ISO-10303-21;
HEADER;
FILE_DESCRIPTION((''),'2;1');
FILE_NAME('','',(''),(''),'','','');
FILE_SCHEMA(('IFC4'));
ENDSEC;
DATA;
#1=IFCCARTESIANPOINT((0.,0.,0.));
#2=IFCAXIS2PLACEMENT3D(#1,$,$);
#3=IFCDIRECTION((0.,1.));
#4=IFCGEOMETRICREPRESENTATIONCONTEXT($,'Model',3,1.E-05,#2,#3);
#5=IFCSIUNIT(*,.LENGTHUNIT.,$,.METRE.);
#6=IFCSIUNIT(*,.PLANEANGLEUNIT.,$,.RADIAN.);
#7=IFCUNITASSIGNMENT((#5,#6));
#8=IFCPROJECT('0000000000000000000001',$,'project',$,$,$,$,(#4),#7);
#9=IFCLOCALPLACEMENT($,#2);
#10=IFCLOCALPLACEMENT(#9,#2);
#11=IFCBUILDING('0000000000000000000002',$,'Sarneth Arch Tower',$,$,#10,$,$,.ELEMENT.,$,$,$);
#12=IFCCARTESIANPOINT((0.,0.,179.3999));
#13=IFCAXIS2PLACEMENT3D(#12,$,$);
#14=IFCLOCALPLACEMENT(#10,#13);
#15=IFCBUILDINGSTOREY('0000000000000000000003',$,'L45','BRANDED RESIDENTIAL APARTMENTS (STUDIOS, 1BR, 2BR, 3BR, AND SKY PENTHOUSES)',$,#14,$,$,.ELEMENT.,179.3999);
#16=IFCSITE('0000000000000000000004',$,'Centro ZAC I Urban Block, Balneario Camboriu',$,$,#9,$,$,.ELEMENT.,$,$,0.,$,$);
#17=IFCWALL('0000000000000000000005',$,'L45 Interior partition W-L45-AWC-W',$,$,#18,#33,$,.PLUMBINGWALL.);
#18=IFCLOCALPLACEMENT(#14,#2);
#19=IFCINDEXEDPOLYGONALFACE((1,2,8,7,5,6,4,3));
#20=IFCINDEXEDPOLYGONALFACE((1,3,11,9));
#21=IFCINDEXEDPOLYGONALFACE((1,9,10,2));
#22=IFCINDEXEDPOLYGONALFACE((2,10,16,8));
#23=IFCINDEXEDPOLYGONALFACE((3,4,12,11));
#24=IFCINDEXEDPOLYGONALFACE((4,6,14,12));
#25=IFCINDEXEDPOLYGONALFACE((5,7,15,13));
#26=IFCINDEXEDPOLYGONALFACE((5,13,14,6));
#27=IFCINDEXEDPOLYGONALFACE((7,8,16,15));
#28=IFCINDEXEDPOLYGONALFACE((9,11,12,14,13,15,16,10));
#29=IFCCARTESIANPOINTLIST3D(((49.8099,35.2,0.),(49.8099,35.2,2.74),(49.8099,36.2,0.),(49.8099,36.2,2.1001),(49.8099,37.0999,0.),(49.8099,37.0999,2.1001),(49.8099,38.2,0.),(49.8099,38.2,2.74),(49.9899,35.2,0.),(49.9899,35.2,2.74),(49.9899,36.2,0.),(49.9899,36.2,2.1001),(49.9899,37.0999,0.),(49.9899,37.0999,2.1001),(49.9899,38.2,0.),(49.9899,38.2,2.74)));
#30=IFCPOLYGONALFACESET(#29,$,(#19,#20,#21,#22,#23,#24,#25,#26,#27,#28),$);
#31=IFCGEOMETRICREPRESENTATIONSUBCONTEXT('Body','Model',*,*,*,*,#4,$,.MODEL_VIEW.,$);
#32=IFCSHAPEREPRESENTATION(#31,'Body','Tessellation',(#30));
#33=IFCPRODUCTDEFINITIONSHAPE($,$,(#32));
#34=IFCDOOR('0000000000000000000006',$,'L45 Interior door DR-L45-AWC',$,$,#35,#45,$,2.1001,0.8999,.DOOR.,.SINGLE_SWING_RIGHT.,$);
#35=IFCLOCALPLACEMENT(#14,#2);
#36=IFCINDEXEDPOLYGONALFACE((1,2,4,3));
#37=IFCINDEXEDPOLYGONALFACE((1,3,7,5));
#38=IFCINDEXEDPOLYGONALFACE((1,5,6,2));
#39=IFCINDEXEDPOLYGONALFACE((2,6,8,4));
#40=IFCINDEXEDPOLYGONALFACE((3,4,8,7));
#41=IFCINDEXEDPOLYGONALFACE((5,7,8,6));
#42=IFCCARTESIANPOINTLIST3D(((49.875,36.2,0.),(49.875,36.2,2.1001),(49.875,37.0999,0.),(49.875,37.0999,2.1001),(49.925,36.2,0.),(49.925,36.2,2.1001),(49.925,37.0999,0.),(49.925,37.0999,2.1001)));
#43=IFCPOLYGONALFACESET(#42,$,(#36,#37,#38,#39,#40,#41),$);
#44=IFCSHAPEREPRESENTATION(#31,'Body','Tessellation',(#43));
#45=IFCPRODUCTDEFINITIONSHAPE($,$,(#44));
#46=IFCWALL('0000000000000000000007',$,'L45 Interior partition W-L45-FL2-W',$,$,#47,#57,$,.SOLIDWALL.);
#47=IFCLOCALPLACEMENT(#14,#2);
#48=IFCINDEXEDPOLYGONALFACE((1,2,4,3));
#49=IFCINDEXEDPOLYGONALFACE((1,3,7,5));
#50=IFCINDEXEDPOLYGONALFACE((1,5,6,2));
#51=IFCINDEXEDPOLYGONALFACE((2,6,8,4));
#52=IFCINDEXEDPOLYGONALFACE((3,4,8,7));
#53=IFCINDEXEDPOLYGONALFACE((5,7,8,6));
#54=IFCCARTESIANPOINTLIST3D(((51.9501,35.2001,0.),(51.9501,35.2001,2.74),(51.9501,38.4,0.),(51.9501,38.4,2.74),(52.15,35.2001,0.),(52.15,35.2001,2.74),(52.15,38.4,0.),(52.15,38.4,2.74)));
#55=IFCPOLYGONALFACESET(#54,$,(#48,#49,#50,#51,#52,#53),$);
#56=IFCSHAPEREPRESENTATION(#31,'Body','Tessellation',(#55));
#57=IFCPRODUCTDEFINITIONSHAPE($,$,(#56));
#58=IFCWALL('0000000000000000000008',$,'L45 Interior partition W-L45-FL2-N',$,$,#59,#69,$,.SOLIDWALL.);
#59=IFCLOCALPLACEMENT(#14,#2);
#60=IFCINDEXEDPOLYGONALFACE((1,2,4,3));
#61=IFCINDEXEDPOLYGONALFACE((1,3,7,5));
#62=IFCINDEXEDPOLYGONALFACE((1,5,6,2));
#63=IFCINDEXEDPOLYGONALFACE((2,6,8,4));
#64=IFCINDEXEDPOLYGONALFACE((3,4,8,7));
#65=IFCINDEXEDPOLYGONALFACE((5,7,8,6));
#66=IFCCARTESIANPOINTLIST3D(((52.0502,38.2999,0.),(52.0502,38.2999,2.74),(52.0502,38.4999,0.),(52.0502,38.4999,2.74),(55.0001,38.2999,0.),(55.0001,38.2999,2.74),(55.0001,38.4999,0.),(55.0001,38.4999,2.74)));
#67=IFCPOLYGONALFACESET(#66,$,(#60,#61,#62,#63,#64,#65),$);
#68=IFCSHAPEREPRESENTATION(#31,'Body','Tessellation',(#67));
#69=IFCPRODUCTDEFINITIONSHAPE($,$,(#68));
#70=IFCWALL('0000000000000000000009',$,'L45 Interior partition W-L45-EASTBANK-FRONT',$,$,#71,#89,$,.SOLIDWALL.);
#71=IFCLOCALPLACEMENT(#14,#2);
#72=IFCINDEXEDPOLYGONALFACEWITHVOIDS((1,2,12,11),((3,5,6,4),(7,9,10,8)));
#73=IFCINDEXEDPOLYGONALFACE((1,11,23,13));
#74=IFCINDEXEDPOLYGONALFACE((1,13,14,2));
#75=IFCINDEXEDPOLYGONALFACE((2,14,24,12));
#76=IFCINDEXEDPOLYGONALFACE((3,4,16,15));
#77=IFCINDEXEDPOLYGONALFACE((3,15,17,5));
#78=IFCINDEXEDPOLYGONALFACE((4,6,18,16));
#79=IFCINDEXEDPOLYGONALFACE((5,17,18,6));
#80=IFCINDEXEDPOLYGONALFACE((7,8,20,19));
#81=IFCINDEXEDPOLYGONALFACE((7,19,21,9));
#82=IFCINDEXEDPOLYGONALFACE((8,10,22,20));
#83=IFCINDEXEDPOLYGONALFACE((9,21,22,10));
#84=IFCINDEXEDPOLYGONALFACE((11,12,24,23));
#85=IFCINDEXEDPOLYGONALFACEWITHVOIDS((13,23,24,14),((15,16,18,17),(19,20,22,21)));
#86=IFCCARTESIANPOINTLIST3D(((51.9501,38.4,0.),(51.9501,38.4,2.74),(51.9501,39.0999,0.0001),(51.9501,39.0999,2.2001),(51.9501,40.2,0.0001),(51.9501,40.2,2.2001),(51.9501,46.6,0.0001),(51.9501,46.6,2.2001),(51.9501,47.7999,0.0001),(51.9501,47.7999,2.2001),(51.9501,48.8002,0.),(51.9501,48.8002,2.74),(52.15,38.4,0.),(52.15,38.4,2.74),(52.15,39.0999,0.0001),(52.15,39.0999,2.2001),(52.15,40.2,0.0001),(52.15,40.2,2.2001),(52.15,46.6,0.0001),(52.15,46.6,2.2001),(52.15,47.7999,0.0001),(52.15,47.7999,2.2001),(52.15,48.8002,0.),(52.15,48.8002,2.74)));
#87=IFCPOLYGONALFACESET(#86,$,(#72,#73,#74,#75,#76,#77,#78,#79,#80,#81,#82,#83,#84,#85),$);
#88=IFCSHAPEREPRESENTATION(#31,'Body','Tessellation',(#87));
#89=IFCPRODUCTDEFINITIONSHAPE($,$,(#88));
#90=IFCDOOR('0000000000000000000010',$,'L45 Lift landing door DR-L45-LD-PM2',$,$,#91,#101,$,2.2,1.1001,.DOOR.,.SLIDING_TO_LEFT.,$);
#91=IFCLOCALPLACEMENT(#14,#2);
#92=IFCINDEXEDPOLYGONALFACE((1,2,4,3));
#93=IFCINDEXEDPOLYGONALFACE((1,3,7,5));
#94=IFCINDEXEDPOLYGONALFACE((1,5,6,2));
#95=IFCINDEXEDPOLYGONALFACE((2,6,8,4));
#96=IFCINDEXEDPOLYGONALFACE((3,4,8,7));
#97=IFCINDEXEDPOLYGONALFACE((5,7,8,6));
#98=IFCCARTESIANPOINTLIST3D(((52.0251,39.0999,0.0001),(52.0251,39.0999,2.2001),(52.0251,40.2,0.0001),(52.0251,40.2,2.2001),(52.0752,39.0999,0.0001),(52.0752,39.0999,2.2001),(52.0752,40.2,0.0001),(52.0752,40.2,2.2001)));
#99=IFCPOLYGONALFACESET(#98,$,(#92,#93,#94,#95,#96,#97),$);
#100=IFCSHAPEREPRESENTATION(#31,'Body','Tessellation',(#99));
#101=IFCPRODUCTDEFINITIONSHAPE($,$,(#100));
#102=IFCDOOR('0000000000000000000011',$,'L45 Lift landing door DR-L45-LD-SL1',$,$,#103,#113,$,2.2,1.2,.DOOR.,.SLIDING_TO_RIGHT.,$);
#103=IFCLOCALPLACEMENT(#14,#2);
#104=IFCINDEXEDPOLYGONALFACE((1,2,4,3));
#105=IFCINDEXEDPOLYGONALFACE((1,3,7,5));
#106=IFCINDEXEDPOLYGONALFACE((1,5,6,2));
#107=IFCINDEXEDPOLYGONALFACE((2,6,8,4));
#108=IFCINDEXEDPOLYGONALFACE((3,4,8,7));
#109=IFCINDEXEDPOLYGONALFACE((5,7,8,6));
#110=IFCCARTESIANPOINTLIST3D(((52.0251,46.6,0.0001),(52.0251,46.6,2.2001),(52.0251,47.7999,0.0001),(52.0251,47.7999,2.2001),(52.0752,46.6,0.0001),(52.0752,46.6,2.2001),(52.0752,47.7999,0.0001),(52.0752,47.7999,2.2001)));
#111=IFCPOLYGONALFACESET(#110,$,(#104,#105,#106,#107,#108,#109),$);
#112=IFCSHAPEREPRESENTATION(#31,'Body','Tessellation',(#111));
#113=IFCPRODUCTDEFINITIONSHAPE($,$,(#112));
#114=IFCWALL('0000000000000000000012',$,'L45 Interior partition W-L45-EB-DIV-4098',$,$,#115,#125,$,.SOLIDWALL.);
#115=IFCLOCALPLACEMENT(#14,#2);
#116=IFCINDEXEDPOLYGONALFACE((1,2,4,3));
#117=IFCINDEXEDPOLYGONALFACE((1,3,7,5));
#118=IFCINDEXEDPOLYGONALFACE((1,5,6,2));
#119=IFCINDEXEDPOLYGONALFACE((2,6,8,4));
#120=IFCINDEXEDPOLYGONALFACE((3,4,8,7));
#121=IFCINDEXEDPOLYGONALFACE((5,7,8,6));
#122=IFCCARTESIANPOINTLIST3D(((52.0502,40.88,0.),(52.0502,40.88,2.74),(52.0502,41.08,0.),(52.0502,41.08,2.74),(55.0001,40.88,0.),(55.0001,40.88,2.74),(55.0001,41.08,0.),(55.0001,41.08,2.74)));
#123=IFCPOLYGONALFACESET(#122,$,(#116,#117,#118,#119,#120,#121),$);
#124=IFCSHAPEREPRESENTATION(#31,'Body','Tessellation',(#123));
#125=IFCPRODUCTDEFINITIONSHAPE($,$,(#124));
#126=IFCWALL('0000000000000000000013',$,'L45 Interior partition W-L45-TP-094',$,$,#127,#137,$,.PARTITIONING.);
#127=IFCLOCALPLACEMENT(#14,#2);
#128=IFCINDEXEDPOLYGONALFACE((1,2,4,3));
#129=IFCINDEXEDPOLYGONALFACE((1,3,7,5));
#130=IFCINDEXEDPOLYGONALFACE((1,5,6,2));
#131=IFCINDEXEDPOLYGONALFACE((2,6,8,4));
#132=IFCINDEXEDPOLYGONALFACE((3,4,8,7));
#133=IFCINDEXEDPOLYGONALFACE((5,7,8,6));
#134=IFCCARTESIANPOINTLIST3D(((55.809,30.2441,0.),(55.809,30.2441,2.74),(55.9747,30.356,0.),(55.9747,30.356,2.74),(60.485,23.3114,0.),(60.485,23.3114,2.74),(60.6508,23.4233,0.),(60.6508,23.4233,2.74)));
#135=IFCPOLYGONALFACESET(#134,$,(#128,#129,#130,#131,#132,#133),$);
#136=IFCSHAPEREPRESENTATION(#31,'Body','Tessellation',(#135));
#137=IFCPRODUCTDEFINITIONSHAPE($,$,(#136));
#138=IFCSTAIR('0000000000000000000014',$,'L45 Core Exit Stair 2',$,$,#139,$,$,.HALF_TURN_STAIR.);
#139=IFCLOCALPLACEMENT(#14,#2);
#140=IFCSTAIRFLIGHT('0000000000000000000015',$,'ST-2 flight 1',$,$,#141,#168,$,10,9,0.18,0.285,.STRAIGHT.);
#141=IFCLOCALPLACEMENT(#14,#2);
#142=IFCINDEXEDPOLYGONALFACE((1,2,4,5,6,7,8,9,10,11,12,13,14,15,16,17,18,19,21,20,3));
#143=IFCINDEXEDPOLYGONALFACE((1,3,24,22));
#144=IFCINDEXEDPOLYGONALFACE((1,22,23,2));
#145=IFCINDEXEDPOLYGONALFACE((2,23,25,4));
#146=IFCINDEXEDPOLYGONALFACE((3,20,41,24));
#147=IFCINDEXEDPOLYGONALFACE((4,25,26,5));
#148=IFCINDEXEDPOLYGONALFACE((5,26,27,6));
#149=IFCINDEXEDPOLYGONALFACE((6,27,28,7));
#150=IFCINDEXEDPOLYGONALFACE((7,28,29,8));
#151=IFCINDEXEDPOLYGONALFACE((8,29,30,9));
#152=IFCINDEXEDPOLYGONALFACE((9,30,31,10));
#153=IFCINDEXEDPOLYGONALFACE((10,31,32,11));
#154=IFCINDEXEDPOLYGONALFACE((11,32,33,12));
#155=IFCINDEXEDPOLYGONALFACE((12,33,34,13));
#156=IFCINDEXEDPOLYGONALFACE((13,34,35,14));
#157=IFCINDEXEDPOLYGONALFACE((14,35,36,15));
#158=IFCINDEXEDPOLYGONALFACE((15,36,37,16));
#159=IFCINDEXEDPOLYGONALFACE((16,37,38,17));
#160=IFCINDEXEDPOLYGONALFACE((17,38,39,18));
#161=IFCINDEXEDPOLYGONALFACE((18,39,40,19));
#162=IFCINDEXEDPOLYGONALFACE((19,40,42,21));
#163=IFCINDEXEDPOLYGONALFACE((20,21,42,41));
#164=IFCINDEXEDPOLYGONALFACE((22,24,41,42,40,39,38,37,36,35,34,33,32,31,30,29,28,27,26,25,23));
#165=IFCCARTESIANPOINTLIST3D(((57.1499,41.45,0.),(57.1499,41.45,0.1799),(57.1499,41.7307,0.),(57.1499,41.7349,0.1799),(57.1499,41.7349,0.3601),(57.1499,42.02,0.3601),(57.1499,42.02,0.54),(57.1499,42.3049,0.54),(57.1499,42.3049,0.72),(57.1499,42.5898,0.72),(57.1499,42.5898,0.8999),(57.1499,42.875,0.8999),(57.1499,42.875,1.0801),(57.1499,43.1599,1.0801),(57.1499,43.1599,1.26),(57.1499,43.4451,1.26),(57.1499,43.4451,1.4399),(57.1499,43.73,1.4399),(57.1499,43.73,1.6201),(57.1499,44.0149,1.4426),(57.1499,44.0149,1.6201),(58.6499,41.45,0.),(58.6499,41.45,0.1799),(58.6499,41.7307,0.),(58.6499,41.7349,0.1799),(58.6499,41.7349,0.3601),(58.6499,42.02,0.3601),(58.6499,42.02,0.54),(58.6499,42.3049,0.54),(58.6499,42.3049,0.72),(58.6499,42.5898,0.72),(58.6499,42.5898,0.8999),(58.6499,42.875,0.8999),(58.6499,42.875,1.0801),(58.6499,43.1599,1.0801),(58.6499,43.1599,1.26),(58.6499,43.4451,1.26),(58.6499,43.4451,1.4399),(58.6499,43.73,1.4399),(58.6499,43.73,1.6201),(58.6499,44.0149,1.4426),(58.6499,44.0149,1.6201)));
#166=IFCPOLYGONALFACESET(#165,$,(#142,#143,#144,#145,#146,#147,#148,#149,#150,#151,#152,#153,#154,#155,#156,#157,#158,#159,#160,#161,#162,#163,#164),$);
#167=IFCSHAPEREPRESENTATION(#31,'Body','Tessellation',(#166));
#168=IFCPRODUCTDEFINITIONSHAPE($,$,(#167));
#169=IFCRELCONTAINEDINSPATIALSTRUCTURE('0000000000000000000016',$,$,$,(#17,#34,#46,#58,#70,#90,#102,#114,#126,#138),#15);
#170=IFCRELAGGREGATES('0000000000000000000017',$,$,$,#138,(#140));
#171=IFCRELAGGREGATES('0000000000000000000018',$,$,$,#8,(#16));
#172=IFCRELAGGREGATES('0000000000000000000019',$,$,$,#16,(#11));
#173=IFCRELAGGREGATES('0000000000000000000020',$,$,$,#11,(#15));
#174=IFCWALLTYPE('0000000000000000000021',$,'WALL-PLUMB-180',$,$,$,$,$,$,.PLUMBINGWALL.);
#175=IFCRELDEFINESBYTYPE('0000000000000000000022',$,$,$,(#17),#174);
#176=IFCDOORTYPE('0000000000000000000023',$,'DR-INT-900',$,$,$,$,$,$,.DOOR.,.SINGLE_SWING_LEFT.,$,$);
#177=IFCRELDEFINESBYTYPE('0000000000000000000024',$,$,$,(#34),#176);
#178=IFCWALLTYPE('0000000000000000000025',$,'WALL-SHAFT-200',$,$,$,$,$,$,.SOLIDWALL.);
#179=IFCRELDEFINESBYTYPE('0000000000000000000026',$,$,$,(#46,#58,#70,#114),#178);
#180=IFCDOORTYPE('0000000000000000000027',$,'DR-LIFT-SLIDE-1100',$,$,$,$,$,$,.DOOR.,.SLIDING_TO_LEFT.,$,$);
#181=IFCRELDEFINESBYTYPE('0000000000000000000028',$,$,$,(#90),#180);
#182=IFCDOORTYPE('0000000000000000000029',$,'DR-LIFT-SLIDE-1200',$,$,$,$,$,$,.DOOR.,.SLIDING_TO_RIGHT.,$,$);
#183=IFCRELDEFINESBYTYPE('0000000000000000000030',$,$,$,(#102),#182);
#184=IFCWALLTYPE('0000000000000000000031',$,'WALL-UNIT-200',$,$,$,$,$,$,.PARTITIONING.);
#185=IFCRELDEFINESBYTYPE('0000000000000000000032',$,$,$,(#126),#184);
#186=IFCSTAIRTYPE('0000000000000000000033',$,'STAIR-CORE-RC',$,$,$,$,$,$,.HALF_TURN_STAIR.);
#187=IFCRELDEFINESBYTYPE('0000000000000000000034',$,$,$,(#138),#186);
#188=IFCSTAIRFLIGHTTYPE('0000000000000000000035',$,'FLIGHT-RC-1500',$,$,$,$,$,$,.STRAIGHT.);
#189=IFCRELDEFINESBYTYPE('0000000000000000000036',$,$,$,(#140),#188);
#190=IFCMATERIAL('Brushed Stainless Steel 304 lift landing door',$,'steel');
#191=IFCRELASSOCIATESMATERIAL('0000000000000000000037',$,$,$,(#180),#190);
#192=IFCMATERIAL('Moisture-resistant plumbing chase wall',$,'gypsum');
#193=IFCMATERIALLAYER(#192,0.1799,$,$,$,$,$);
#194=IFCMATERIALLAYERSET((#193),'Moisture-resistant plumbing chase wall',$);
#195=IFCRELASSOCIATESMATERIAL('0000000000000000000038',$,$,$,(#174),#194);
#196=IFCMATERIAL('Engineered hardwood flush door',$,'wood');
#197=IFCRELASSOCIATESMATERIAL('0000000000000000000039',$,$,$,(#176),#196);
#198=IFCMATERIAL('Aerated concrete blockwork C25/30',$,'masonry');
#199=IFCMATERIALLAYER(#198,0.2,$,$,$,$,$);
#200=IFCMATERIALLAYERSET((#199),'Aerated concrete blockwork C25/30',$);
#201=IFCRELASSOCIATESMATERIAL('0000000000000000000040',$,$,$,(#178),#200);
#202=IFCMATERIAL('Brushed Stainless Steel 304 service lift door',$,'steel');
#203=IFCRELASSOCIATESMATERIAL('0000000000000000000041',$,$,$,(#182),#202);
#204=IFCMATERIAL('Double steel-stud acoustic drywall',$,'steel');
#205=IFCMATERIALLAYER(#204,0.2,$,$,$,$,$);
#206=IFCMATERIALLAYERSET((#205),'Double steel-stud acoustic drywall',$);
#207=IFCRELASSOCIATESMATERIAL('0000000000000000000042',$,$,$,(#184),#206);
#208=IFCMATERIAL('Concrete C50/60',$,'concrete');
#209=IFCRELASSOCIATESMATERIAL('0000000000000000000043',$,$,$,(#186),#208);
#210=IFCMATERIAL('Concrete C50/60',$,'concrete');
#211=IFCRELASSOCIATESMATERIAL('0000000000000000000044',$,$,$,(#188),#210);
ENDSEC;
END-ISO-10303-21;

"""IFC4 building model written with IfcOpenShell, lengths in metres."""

from ifc_helpers import new_model, si_unit, direction, frame, frame_2d, origin, place, context, subcontext, project, spatial, polyline, rectangle, outline, extrude, material, layer, layer_set, type_object, element, fill, aggregate, save


model = new_model("IFC4")

# Units and contexts
model_context = context("Model", 3, precision=1e-05, world=origin(), true_north=direction((0.0, 1.0)))
body_context = subcontext(model_context, "Body", "Model", "MODEL_VIEW")
ifc_project = project(units=[si_unit("LENGTHUNIT", "METRE"), si_unit("PLANEANGLEUNIT", "RADIAN")], contexts=[model_context])

# Site, building, storey
site_placement = place(None, origin())
site = spatial("IfcSite", under=ifc_project, at=site_placement, Name="Centro ZAC I Urban Block, Balneario Camboriu", CompositionType="ELEMENT", RefElevation=0.0)
building_placement = place(site_placement, origin())
building = spatial("IfcBuilding", under=site, at=building_placement, Name="Sarneth Arch Tower", CompositionType="ELEMENT")
storey_placement = place(building_placement, frame((0.0, 0.0, 179.3999)))
storey = spatial("IfcBuildingStorey", under=building, at=storey_placement, Name="L45", Description="BRANDED RESIDENTIAL APARTMENTS (STUDIOS, 1BR, 2BR, 3BR, AND SKY PENTHOUSES)", CompositionType="ELEMENT", Elevation=179.3999)

# Shared definitions
ifc_material_1 = material(Name="Brushed Stainless Steel 304 lift landing door", Category="steel")
door_type_1 = type_object("IfcDoorType", Name="DR-LIFT-SLIDE-1100", OperationType="SLIDING_TO_LEFT", PredefinedType="DOOR", material=ifc_material_1)

# Shared definitions
ifc_material_2 = material(Name="Moisture-resistant plumbing chase wall", Category="gypsum")
ifc_layer_1 = layer(ifc_material_2, 0.1799)
ifc_layer_set_1 = layer_set([ifc_layer_1], Name="Moisture-resistant plumbing chase wall")
wall_type_1 = type_object("IfcWallType", Name="WALL-PLUMB-180", PredefinedType="PLUMBINGWALL", material=ifc_layer_set_1)

# Wall, opening, door
wall_1_placement = place(storey_placement, frame((49.8999, 35.2, 0.0), z_axis=(0.0, 0.0, 1.0), x_axis=(0.0, 1.0, 0.0)))
wall_1 = element("IfcWall", 1, at=wall_1_placement, inside=storey, type_object=wall_type_1, Name="L45 Interior partition W-L45-AWC-W", PredefinedType="PLUMBINGWALL", context=body_context, shape_type="SweptSolid", body=[
    extrude(rectangle(XDim=3.0, YDim=0.1799, at=frame_2d((1.5, 0.0))), origin(), (0.0, 0.0, 1.0), 2.74),
])
opening_1_placement = place(wall_1_placement, frame((1.0, 0.0, 0.0)))
opening_1 = element("IfcOpeningElement", 2, at=opening_1_placement, cuts=wall_1, PredefinedType="OPENING", context=body_context, shape_type="SweptSolid", body=[
    extrude(rectangle(XDim=0.8999, YDim=2.1001, at=frame_2d((0.45, 1.05))), frame((0.0, 0.0999, 0.0), z_axis=(0.0, -1.0, 0.0), x_axis=(1.0, 0.0, 0.0)), (0.0, 0.0, 1.0), 0.2),
])
ifc_material_3 = material(Name="Engineered hardwood flush door", Category="wood")
door_type_2 = type_object("IfcDoorType", Name="DR-INT-900", OperationType="SINGLE_SWING_LEFT", PredefinedType="DOOR", material=ifc_material_3)
door_1_placement = place(opening_1_placement, origin())
door_1 = element("IfcDoor", 3, at=door_1_placement, inside=storey, type_object=door_type_2, Name="L45 Interior door DR-L45-AWC", OperationType="SINGLE_SWING_RIGHT", OverallHeight=2.1001, OverallWidth=0.8999, PredefinedType="DOOR", context=body_context, shape_type="SweptSolid", body=[
    extrude(rectangle(XDim=0.8999, YDim=2.1001, at=frame_2d((0.45, 1.05))), frame((0.0, 0.0249, 0.0), z_axis=(0.0, -1.0, 0.0), x_axis=(1.0, 0.0, 0.0)), (0.0, 0.0, 1.0), 0.05),
])
fill(opening_1, door_1)
ifc_material_4 = material(Name="Aerated concrete blockwork C25/30", Category="masonry")
ifc_layer_2 = layer(ifc_material_4, 0.2)
ifc_layer_set_2 = layer_set([ifc_layer_2], Name="Aerated concrete blockwork C25/30")
wall_type_2 = type_object("IfcWallType", Name="WALL-SHAFT-200", PredefinedType="SOLIDWALL", material=ifc_layer_set_2)

# Walls
wall_2_placement = place(storey_placement, frame((52.05, 35.2, 0.0), z_axis=(0.0, 0.0, 1.0), x_axis=(0.0, 1.0, 0.0)))
element("IfcWall", 4, at=wall_2_placement, inside=storey, type_object=wall_type_2, Name="L45 Interior partition W-L45-FL2-W", PredefinedType="SOLIDWALL", context=body_context, shape_type="SweptSolid", body=[
    extrude(rectangle(XDim=3.2, YDim=0.2, at=frame_2d((1.6001, 0.0))), origin(), (0.0, 0.0, 1.0), 2.74),
])
wall_3_placement = place(storey_placement, frame((52.05, 38.3999, 0.0), z_axis=(0.0, 0.0, 1.0), x_axis=(1.0, 0.0, 0.0)))
element("IfcWall", 5, at=wall_3_placement, inside=storey, type_object=wall_type_2, Name="L45 Interior partition W-L45-FL2-N", PredefinedType="SOLIDWALL", context=body_context, shape_type="SweptSolid", body=[
    extrude(rectangle(XDim=2.95, YDim=0.2, at=frame_2d((1.4751, 0.0))), origin(), (0.0, 0.0, 1.0), 2.74),
])

# Wall, openings, doors
wall_4_placement = place(storey_placement, frame((52.05, 38.3999, 0.0), z_axis=(0.0, 0.0, 1.0), x_axis=(0.0, 1.0, 0.0)))
wall_4 = element("IfcWall", 6, at=wall_4_placement, inside=storey, type_object=wall_type_2, Name="L45 Interior partition W-L45-EASTBANK-FRONT", PredefinedType="SOLIDWALL", context=body_context, shape_type="SweptSolid", body=[
    extrude(rectangle(XDim=10.4001, YDim=0.2, at=frame_2d((5.2002, 0.0))), origin(), (0.0, 0.0, 1.0), 2.74),
])
opening_2_placement = place(wall_4_placement, frame((0.7, 0.0, 0.0)))
opening_2 = element("IfcOpeningElement", 7, at=opening_2_placement, cuts=wall_4, PredefinedType="OPENING", context=body_context, shape_type="SweptSolid", body=[
    extrude(rectangle(XDim=1.1001, YDim=2.2, at=frame_2d((0.55, 1.1001))), frame((0.0, 0.1099, 0.0), z_axis=(0.0, -1.0, 0.0), x_axis=(1.0, 0.0, 0.0)), (0.0, 0.0, 1.0), 0.22),
])
opening_3_placement = place(wall_4_placement, frame((8.2, 0.0, 0.0)))
opening_3 = element("IfcOpeningElement", 8, at=opening_3_placement, cuts=wall_4, PredefinedType="OPENING", context=body_context, shape_type="SweptSolid", body=[
    extrude(rectangle(XDim=1.2, YDim=2.2, at=frame_2d((0.6001, 1.1001))), frame((0.0, 0.1099, 0.0), z_axis=(0.0, -1.0, 0.0), x_axis=(1.0, 0.0, 0.0)), (0.0, 0.0, 1.0), 0.22),
])
door_2_placement = place(opening_2_placement, origin())
door_2 = element("IfcDoor", 9, at=door_2_placement, inside=storey, type_object=door_type_1, Name="L45 Lift landing door DR-L45-LD-PM2", OperationType="SLIDING_TO_LEFT", OverallHeight=2.2, OverallWidth=1.1001, PredefinedType="DOOR", context=body_context, shape_type="SweptSolid", body=[
    extrude(rectangle(XDim=1.1001, YDim=2.2, at=frame_2d((0.55, 1.1001))), frame((0.0, 0.0249, 0.0), z_axis=(0.0, -1.0, 0.0), x_axis=(1.0, 0.0, 0.0)), (0.0, 0.0, 1.0), 0.05),
])
fill(opening_2, door_2)
ifc_material_5 = material(Name="Brushed Stainless Steel 304 service lift door", Category="steel")
door_type_3 = type_object("IfcDoorType", Name="DR-LIFT-SLIDE-1200", OperationType="SLIDING_TO_RIGHT", PredefinedType="DOOR", material=ifc_material_5)
door_3_placement = place(opening_3_placement, origin())
door_3 = element("IfcDoor", 10, at=door_3_placement, inside=storey, type_object=door_type_3, Name="L45 Lift landing door DR-L45-LD-SL1", OperationType="SLIDING_TO_RIGHT", OverallHeight=2.2, OverallWidth=1.2, PredefinedType="DOOR", context=body_context, shape_type="SweptSolid", body=[
    extrude(rectangle(XDim=1.2, YDim=2.2, at=frame_2d((0.6001, 1.1001))), frame((0.0, 0.0249, 0.0), z_axis=(0.0, -1.0, 0.0), x_axis=(1.0, 0.0, 0.0)), (0.0, 0.0, 1.0), 0.05),
])
fill(opening_3, door_3)

# Walls
wall_5_placement = place(storey_placement, frame((52.05, 40.98, 0.0), z_axis=(0.0, 0.0, 1.0), x_axis=(1.0, 0.0, 0.0)))
element("IfcWall", 11, at=wall_5_placement, inside=storey, type_object=wall_type_2, Name="L45 Interior partition W-L45-EB-DIV-4098", PredefinedType="SOLIDWALL", context=body_context, shape_type="SweptSolid", body=[
    extrude(rectangle(XDim=2.95, YDim=0.2, at=frame_2d((1.4751, 0.0))), origin(), (0.0, 0.0, 1.0), 2.74),
])
ifc_material_6 = material(Name="Double steel-stud acoustic drywall", Category="steel")
ifc_layer_3 = layer(ifc_material_6, 0.2)
ifc_layer_set_3 = layer_set([ifc_layer_3], Name="Double steel-stud acoustic drywall")
wall_type_3 = type_object("IfcWallType", Name="WALL-UNIT-200", PredefinedType="PARTITIONING", material=ifc_layer_set_3)
wall_6_placement = place(storey_placement, frame((55.8918, 30.3, 0.0), z_axis=(0.0, 0.0, 1.0), x_axis=(0.559186, -0.829042, 0.0)))
element("IfcWall", 12, at=wall_6_placement, inside=storey, type_object=wall_type_3, Name="L45 Interior partition W-L45-TP-094", PredefinedType="PARTITIONING", context=body_context, shape_type="SweptSolid", body=[
    extrude(rectangle(XDim=8.3623, YDim=0.2, at=frame_2d((4.1812, 0.0))), origin(), (0.0, 0.0, 1.0), 2.74),
])

# Stair, stair flight
ifc_material_7 = material(Name="Concrete C50/60", Category="concrete")
stair_type = type_object("IfcStairType", Name="STAIR-CORE-RC", PredefinedType="HALF_TURN_STAIR", material=ifc_material_7)
stair_placement = place(storey_placement, origin())
stair = element("IfcStair", 13, at=stair_placement, inside=storey, type_object=stair_type, Name="L45 Core Exit Stair 2", PredefinedType="HALF_TURN_STAIR")
ifc_material_8 = material(Name="Concrete C50/60", Category="concrete")
stair_flight_type = type_object("IfcStairFlightType", Name="FLIGHT-RC-1500", PredefinedType="STRAIGHT", material=ifc_material_8)
stair_flight_placement = place(storey_placement, frame((57.8999, 41.45, 0.0), z_axis=(0.0, 0.0, 1.0), x_axis=(0.0, 1.0, 0.0)))
stair_flight = element("IfcStairFlight", 14, at=stair_flight_placement, type_object=stair_flight_type, Name="ST-2 flight 1", NumberOfRisers=10, NumberOfTreads=9, PredefinedType="STRAIGHT", RiserHeight=0.18, TreadLength=0.285, context=body_context, shape_type="SweptSolid", body=[
    extrude(outline(polyline([(0.0, 0.0), (0.0, 0.1799), (0.2849, 0.1799), (0.2849, 0.3601), (0.5701, 0.3601), (0.5701, 0.54), (0.855, 0.54), (0.855, 0.72), (1.1399, 0.72), (1.1399, 0.8999), (1.425, 0.8999), (1.425, 1.0801), (1.71, 1.0801), (1.71, 1.26), (1.9951, 1.26), (1.9951, 1.4399), (2.28, 1.4399), (2.28, 1.6201), (2.5649, 1.6201), (2.5649, 1.8), (2.5649, 1.4426), (0.2808, 0.0), (0.0, 0.0)])), frame((0.0, 0.75, 0.0), z_axis=(0.0, -1.0, 0.0), x_axis=(1.0, 0.0, 0.0)), (0.0, 0.0, 1.0), 1.5),
])
aggregate(stair, [stair_flight])

save(model, "model.ifc")
